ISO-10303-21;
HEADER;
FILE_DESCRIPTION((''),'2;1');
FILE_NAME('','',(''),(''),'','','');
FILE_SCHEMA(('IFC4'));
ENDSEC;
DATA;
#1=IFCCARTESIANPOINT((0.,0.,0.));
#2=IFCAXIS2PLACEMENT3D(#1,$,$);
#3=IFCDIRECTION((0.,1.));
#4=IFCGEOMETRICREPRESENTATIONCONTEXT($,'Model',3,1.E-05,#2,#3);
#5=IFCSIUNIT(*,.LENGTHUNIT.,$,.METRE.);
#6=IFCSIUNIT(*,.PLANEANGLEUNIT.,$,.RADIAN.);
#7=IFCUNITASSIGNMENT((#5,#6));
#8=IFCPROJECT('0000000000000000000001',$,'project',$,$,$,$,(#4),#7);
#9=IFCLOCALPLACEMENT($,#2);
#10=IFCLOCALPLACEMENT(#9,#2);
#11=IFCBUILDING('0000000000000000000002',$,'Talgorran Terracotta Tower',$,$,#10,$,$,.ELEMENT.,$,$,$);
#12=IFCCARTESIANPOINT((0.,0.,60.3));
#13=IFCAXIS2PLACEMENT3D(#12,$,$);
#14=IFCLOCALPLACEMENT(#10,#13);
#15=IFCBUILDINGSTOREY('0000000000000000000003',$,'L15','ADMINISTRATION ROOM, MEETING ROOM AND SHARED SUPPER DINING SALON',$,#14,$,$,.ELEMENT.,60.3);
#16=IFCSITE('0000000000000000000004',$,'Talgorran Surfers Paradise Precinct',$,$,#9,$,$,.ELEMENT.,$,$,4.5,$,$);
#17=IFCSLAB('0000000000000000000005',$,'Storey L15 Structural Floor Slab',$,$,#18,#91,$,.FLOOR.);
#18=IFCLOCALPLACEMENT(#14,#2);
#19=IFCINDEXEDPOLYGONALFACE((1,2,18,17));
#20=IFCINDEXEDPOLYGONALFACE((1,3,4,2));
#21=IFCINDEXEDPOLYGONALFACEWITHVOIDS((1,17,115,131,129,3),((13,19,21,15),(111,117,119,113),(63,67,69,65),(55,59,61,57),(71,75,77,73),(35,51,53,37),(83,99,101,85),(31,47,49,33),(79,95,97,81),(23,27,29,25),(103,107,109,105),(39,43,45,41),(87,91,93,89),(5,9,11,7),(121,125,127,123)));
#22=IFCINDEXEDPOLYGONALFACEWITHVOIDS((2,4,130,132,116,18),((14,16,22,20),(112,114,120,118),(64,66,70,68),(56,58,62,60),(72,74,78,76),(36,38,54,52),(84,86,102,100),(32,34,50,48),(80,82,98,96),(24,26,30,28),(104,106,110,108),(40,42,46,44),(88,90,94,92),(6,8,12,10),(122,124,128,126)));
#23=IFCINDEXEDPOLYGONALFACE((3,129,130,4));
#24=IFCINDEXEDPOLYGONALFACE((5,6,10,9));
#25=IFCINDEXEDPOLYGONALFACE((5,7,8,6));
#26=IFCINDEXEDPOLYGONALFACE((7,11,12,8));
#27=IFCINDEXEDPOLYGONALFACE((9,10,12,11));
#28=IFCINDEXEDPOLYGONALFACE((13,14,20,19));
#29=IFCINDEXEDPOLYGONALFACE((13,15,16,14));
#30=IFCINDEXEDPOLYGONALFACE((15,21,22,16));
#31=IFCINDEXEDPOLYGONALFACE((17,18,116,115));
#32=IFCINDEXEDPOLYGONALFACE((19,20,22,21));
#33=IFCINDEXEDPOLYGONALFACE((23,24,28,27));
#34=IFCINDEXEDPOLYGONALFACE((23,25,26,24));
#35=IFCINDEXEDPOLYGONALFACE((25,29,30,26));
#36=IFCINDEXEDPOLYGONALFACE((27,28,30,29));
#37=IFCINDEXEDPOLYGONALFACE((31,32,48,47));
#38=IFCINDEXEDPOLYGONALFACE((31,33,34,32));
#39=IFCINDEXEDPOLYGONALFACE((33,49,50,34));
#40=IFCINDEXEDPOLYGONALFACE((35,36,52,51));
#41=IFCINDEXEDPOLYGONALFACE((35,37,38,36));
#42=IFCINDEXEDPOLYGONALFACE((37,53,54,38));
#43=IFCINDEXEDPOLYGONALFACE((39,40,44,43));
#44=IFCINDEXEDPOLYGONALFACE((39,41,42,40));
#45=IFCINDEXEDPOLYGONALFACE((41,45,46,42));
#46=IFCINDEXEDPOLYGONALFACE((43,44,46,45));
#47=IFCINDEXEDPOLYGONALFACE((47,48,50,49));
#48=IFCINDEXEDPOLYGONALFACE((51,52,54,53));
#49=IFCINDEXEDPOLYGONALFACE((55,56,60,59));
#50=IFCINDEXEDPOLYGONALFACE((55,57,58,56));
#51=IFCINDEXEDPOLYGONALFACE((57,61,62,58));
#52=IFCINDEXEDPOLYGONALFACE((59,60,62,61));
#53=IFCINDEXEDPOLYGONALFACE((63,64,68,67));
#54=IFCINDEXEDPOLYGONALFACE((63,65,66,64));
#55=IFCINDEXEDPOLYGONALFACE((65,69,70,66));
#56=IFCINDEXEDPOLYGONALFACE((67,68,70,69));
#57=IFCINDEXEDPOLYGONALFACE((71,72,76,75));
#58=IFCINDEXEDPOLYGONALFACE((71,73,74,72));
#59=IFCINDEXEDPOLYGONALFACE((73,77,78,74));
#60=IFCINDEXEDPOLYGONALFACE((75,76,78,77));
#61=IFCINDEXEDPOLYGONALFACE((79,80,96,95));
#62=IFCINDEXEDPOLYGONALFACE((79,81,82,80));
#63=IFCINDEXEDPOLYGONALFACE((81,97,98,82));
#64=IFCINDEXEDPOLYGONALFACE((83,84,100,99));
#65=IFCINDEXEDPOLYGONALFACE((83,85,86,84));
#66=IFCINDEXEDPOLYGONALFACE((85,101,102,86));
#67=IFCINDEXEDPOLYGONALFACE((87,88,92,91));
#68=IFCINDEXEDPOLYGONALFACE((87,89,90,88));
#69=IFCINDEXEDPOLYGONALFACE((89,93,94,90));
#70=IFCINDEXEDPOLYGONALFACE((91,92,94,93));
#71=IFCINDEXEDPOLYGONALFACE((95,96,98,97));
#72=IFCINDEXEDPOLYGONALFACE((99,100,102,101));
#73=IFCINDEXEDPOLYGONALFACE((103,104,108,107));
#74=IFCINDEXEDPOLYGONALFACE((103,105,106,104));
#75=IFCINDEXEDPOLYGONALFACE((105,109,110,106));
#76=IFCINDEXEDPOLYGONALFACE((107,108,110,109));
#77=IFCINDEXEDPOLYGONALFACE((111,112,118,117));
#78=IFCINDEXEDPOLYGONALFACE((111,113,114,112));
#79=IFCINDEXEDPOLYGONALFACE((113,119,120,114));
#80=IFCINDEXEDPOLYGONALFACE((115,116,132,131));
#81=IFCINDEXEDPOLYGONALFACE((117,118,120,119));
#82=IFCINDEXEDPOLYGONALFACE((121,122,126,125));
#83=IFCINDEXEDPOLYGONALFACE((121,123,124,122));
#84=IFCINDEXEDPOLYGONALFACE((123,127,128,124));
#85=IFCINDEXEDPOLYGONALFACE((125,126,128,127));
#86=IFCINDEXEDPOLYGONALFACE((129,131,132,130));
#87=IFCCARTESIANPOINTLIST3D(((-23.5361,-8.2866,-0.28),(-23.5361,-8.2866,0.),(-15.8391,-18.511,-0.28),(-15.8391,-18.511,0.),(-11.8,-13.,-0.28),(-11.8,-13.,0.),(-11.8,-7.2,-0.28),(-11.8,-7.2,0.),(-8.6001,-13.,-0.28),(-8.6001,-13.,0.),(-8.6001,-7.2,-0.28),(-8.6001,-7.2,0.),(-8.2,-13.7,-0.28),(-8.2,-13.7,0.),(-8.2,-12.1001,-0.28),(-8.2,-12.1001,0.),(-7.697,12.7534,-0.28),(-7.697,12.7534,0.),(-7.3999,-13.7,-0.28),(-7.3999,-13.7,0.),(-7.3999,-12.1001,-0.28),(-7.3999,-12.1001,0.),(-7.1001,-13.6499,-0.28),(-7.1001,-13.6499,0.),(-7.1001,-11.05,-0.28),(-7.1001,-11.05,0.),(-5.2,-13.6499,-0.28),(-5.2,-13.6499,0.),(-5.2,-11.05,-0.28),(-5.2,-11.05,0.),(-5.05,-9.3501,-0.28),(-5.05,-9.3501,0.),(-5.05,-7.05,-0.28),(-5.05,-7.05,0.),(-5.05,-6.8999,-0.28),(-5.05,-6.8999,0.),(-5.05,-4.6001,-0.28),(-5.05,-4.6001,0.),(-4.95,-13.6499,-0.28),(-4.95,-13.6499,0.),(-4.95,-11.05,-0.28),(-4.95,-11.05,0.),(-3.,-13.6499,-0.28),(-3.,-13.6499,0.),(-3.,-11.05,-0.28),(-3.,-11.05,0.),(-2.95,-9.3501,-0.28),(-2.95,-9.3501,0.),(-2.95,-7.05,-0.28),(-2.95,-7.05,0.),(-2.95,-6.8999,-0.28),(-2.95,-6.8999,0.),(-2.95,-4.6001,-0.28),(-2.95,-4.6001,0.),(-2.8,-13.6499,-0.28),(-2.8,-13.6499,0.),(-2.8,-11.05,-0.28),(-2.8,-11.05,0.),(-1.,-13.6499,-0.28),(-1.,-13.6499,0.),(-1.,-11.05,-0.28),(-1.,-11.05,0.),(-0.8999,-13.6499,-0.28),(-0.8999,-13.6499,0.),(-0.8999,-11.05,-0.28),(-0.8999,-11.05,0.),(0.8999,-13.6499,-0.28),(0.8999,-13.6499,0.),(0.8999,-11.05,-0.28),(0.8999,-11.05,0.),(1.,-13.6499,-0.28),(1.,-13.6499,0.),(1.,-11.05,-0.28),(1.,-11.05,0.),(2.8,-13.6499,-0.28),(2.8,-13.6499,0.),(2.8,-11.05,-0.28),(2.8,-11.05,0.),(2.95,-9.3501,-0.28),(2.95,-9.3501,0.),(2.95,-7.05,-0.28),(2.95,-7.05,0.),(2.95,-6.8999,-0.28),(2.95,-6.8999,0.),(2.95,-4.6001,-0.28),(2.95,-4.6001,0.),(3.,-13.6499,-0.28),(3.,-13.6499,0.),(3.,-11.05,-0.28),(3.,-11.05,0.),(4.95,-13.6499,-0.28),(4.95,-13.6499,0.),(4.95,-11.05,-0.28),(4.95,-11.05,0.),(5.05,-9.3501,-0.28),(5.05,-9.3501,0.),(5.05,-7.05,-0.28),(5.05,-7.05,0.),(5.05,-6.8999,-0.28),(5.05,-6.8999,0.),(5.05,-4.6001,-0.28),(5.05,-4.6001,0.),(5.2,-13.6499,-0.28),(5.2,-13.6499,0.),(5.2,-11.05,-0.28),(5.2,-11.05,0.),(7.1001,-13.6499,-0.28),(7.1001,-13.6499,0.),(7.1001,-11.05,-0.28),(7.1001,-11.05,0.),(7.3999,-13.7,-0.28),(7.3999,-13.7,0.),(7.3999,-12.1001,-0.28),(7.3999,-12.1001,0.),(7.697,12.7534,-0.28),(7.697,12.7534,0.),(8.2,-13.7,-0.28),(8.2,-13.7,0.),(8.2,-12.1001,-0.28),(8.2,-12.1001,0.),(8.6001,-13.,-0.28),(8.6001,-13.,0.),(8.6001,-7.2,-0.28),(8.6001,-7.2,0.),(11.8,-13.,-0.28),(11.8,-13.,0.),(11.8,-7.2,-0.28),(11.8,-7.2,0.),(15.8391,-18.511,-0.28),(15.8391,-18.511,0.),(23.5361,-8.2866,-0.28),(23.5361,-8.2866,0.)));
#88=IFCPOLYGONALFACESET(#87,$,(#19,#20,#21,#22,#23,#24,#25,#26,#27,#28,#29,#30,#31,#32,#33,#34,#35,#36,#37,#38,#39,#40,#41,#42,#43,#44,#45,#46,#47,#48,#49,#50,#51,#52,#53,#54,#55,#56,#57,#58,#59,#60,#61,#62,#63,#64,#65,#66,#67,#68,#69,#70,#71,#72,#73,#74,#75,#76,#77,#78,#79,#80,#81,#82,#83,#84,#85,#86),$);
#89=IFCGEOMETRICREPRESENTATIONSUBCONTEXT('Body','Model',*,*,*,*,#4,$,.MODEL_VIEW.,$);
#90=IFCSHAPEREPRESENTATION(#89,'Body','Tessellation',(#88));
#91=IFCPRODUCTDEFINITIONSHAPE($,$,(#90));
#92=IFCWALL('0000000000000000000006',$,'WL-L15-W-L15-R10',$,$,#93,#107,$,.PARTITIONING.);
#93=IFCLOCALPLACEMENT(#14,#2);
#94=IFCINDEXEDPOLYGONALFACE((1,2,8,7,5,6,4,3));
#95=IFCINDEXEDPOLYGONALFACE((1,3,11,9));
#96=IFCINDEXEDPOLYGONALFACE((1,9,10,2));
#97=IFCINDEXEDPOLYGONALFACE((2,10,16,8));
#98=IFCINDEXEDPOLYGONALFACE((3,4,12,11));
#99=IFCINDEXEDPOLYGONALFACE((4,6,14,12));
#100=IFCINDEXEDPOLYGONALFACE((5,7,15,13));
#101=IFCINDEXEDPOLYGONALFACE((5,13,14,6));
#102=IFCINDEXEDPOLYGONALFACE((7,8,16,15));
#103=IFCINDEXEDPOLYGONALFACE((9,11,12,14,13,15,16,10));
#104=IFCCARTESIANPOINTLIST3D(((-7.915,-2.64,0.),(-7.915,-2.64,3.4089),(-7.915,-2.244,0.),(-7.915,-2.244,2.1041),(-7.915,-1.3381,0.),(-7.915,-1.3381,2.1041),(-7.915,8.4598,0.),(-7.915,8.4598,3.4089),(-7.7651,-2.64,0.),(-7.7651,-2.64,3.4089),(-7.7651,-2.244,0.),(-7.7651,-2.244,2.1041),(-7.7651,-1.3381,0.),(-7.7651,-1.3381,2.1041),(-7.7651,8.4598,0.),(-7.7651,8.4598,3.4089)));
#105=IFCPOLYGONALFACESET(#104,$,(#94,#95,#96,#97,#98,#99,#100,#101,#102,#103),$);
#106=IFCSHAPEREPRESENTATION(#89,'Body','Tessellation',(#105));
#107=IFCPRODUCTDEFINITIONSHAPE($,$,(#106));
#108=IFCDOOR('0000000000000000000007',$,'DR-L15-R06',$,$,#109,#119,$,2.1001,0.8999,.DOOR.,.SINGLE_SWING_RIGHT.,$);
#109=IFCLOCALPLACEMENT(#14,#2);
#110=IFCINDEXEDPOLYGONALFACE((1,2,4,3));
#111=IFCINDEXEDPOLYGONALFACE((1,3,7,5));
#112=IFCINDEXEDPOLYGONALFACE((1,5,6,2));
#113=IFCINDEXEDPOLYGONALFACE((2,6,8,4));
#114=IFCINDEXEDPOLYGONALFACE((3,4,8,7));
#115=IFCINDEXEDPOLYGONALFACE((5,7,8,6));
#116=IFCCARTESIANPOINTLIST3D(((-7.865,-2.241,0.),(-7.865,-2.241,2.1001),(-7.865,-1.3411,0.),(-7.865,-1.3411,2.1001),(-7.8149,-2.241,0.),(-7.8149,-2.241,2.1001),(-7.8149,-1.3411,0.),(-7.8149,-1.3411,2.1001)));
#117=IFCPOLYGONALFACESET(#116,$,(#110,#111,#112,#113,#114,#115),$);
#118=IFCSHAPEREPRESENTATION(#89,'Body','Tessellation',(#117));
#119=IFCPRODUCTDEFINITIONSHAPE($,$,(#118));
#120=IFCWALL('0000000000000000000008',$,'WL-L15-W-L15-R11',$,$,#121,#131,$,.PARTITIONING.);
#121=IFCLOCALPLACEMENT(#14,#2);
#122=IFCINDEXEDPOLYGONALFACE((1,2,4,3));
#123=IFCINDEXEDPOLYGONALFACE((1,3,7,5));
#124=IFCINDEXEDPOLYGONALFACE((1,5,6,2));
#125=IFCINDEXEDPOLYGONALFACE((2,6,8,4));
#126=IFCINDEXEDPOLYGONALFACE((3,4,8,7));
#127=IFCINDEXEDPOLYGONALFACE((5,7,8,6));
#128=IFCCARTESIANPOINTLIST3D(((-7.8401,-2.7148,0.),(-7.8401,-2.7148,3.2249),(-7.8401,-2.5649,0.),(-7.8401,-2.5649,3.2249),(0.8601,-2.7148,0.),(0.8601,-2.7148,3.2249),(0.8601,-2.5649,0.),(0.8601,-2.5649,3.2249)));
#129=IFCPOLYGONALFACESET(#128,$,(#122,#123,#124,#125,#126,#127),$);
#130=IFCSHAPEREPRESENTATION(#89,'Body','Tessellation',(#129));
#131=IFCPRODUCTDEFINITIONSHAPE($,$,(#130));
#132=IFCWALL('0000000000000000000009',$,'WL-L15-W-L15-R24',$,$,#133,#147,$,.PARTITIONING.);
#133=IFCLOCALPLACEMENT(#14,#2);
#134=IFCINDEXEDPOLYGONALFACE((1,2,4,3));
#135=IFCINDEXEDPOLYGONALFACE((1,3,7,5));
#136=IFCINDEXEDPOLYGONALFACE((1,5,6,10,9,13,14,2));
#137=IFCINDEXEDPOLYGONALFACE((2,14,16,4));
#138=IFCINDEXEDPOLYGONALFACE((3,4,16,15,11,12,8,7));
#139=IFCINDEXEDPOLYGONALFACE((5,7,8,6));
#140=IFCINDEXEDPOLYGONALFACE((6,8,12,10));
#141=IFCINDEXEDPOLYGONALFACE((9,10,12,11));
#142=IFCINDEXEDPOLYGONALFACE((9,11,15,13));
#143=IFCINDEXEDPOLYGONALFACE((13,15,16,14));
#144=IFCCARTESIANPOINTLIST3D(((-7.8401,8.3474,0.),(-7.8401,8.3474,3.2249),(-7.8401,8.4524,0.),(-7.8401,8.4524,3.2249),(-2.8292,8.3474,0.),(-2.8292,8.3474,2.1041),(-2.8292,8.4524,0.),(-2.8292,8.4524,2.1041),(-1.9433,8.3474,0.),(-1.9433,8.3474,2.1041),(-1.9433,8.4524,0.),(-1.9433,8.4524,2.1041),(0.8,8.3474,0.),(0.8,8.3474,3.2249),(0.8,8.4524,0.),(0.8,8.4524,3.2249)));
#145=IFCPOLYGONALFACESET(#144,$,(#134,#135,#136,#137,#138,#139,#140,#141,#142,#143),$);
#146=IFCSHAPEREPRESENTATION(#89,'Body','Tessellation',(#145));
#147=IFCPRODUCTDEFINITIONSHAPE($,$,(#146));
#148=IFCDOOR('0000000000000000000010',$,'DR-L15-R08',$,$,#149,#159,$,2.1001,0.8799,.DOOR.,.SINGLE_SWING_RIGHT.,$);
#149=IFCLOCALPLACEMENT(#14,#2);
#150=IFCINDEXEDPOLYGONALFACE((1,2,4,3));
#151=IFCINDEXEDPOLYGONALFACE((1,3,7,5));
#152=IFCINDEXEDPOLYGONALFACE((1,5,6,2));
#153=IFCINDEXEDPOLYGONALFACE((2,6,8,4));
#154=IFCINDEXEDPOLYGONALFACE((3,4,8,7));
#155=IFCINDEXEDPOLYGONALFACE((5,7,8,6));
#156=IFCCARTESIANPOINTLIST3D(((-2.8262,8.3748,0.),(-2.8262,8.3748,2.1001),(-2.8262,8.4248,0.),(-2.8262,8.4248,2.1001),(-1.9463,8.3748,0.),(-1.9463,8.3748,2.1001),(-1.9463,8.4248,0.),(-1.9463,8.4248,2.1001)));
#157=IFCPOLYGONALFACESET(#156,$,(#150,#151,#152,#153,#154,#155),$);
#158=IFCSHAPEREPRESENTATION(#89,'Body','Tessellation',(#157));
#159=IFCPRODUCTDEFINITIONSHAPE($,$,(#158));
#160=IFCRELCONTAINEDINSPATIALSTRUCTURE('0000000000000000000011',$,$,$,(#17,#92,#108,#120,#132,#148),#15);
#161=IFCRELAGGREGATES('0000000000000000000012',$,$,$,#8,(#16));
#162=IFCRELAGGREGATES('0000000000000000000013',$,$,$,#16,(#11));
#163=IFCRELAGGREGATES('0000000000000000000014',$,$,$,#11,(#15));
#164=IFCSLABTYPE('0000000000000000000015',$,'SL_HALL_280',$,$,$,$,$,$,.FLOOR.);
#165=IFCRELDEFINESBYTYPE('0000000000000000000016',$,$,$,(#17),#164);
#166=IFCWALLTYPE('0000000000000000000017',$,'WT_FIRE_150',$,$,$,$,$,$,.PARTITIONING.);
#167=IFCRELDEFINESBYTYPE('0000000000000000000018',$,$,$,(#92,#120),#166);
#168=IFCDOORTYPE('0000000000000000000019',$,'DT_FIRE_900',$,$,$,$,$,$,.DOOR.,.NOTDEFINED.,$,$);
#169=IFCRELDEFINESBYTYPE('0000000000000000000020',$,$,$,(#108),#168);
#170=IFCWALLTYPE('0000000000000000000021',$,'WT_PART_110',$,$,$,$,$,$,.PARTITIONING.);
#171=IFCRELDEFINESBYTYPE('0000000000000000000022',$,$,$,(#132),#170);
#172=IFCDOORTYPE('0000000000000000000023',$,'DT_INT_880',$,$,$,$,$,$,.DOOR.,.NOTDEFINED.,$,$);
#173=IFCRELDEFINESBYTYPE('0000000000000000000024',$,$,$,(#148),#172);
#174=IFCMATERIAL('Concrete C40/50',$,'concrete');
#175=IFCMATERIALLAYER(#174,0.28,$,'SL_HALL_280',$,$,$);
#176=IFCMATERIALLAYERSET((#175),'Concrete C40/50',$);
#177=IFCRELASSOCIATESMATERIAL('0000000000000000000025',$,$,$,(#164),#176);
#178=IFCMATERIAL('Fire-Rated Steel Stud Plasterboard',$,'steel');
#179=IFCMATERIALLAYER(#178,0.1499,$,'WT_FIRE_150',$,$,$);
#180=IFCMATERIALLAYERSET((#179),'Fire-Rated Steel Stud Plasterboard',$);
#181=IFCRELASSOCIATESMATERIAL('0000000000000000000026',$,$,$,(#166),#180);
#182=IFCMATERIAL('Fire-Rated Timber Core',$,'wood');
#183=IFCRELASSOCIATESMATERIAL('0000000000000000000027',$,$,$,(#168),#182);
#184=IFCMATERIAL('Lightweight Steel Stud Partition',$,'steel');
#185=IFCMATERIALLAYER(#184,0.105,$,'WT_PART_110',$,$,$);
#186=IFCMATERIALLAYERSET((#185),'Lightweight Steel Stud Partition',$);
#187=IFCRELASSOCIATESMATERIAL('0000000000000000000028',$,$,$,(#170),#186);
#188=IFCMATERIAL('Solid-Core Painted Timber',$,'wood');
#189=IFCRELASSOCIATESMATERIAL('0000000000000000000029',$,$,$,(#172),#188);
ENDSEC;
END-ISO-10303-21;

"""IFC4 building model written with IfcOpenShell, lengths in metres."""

from ifc_helpers import new_model, si_unit, direction, frame, frame_2d, origin, place, context, subcontext, project, spatial, polyline, rectangle, outline, extrude, material, layer, layer_set, type_object, element, fill, save


model = new_model("IFC4")

# Units and contexts
model_context = context("Model", 3, precision=1e-05, world=origin(), true_north=direction((0.0, 1.0)))
body_context = subcontext(model_context, "Body", "Model", "MODEL_VIEW")
ifc_project = project(units=[si_unit("LENGTHUNIT", "METRE"), si_unit("PLANEANGLEUNIT", "RADIAN")], contexts=[model_context])

# Site, building, storey
site_placement = place(None, origin())
site = spatial("IfcSite", under=ifc_project, at=site_placement, Name="Talgorran Surfers Paradise Precinct", CompositionType="ELEMENT", RefElevation=4.5)
building_placement = place(site_placement, origin())
building = spatial("IfcBuilding", under=site, at=building_placement, Name="Talgorran Terracotta Tower", CompositionType="ELEMENT")
storey_placement = place(building_placement, frame((0.0, 0.0, 60.3)))
storey = spatial("IfcBuildingStorey", under=building, at=storey_placement, Name="L15", Description="ADMINISTRATION ROOM, MEETING ROOM AND SHARED SUPPER DINING SALON", CompositionType="ELEMENT", Elevation=60.3)

# Slab
ifc_material_1 = material(Name="Concrete C40/50", Category="concrete")
ifc_layer_1 = layer(ifc_material_1, 0.28, Name="SL_HALL_280")
ifc_layer_set_1 = layer_set([ifc_layer_1], Name="Concrete C40/50")
slab_type_1 = type_object("IfcSlabType", Name="SL_HALL_280", PredefinedType="FLOOR", material=ifc_layer_set_1)
slab_1_placement = place(storey_placement, frame((0.0, 0.0, -0.28)))
element("IfcSlab", 1, at=slab_1_placement, inside=storey, type_object=slab_type_1, Name="Storey L15 Structural Floor Slab", PredefinedType="FLOOR", context=body_context, shape_type="SweptSolid", body=[
    extrude(outline(polyline([(-23.5361, -8.2866), (-15.8391, -18.511), (15.8391, -18.511), (23.5361, -8.2866), (7.697, 12.7534), (-7.697, 12.7534), (-23.5361, -8.2866)]), holes=[polyline([(-11.8, -7.2), (-11.8, -13.0), (-8.6001, -13.0), (-8.6001, -7.2), (-11.8, -7.2)]), polyline([(8.6001, -7.2), (8.6001, -13.0), (11.8, -13.0), (11.8, -7.2), (8.6001, -7.2)]), polyline([(-7.1001, -13.6499), (-5.2, -13.6499), (-5.2, -11.05), (-7.1001, -11.05), (-7.1001, -13.6499)]), polyline([(5.2, -13.6499), (7.1001, -13.6499), (7.1001, -11.05), (5.2, -11.05), (5.2, -13.6499)]), polyline([(3.0, -13.6499), (4.95, -13.6499), (4.95, -11.05), (3.0, -11.05), (3.0, -13.6499)]), polyline([(-4.95, -13.6499), (-3.0, -13.6499), (-3.0, -11.05), (-4.95, -11.05), (-4.95, -13.6499)]), polyline([(-5.05, -9.3501), (-2.95, -9.3501), (-2.95, -7.05), (-5.05, -7.05), (-5.05, -9.3501)]), polyline([(-5.05, -6.8999), (-2.95, -6.8999), (-2.95, -4.6001), (-5.05, -4.6001), (-5.05, -6.8999)]), polyline([(2.95, -9.3501), (5.05, -9.3501), (5.05, -7.05), (2.95, -7.05), (2.95, -9.3501)]), polyline([(2.95, -6.8999), (5.05, -6.8999), (5.05, -4.6001), (2.95, -4.6001), (2.95, -6.8999)]), polyline([(-2.8, -13.6499), (-1.0, -13.6499), (-1.0, -11.05), (-2.8, -11.05), (-2.8, -13.6499)]), polyline([(-0.8999, -13.6499), (0.8999, -13.6499), (0.8999, -11.05), (-0.8999, -11.05), (-0.8999, -13.6499)]), polyline([(1.0, -13.6499), (2.8, -13.6499), (2.8, -11.05), (1.0, -11.05), (1.0, -13.6499)]), polyline([(-8.2, -13.7), (-7.3999, -13.7), (-7.3999, -12.1001), (-8.2, -12.1001), (-8.2, -13.7)]), polyline([(7.3999, -13.7), (8.2, -13.7), (8.2, -12.1001), (7.3999, -12.1001), (7.3999, -13.7)])]), origin(), (0.0, 0.0, 1.0), 0.28),
])

# Wall, opening, door
ifc_material_2 = material(Name="Fire-Rated Steel Stud Plasterboard", Category="steel")
ifc_layer_2 = layer(ifc_material_2, 0.1499, Name="WT_FIRE_150")
ifc_layer_set_2 = layer_set([ifc_layer_2], Name="Fire-Rated Steel Stud Plasterboard")
wall_type_1 = type_object("IfcWallType", Name="WT_FIRE_150", PredefinedType="PARTITIONING", material=ifc_layer_set_2)
wall_1_placement = place(storey_placement, frame((-7.8401, -2.6399, 0.0), z_axis=(0.0, 0.0, 1.0), x_axis=(0.0, 1.0, 0.0)))
wall_1 = element("IfcWall", 2, at=wall_1_placement, inside=storey, type_object=wall_type_1, Name="WL-L15-W-L15-R10", PredefinedType="PARTITIONING", context=body_context, shape_type="SweptSolid", body=[
    extrude(rectangle(XDim=11.0999, YDim=0.1499, at=frame_2d((5.5498, 0.0))), origin(), (0.0, 0.0, 1.0), 3.4089),
])
opening_1_placement = place(wall_1_placement, frame((0.3989, 0.0, 0.0)))
opening_1 = element("IfcOpeningElement", 3, at=opening_1_placement, cuts=wall_1, PredefinedType="OPENING", context=body_context, shape_type="SweptSolid", body=[
    extrude(rectangle(XDim=0.9059, YDim=2.1041, at=frame_2d((0.45, 1.052))), frame((0.0, 0.085, 0.0), z_axis=(0.0, -1.0, 0.0), x_axis=(1.0, 0.0, 0.0)), (0.0, 0.0, 1.0), 0.1699),
])
ifc_material_3 = material(Name="Fire-Rated Timber Core", Category="wood")
door_type_1 = type_object("IfcDoorType", Name="DT_FIRE_900", OperationType="NOTDEFINED", PredefinedType="DOOR", material=ifc_material_3)
door_1_placement = place(opening_1_placement, origin())
door_1 = element("IfcDoor", 4, at=door_1_placement, inside=storey, type_object=door_type_1, Name="DR-L15-R06", OperationType="SINGLE_SWING_RIGHT", OverallHeight=2.1001, OverallWidth=0.8999, PredefinedType="DOOR", context=body_context, shape_type="SweptSolid", body=[
    extrude(rectangle(XDim=0.8999, YDim=2.1001, at=frame_2d((0.45, 1.05))), frame((0.0, 0.0249, 0.0), z_axis=(0.0, -1.0, 0.0), x_axis=(1.0, 0.0, 0.0)), (0.0, 0.0, 1.0), 0.05),
])
fill(opening_1, door_1)

# Wall
wall_2_placement = place(storey_placement, frame((-7.8401, -2.6399, 0.0), z_axis=(0.0, 0.0, 1.0), x_axis=(1.0, 0.0, 0.0)))
element("IfcWall", 5, at=wall_2_placement, inside=storey, type_object=wall_type_1, Name="WL-L15-W-L15-R11", PredefinedType="PARTITIONING", context=body_context, shape_type="SweptSolid", body=[
    extrude(rectangle(XDim=8.7002, YDim=0.1499, at=frame_2d((4.3501, 0.0))), origin(), (0.0, 0.0, 1.0), 3.2249),
])

# Wall, opening, door
ifc_material_4 = material(Name="Lightweight Steel Stud Partition", Category="steel")
ifc_layer_3 = layer(ifc_material_4, 0.105, Name="WT_PART_110")
ifc_layer_set_3 = layer_set([ifc_layer_3], Name="Lightweight Steel Stud Partition")
wall_type_2 = type_object("IfcWallType", Name="WT_PART_110", PredefinedType="PARTITIONING", material=ifc_layer_set_3)
wall_3_placement = place(storey_placement, frame((-7.8401, 8.3999, 0.0), z_axis=(0.0, 0.0, 1.0), x_axis=(1.0, 0.0, 0.0)))
wall_3 = element("IfcWall", 6, at=wall_3_placement, inside=storey, type_object=wall_type_2, Name="WL-L15-W-L15-R24", PredefinedType="PARTITIONING", context=body_context, shape_type="SweptSolid", body=[
    extrude(rectangle(XDim=8.6401, YDim=0.105, at=frame_2d((4.3201, 0.0))), origin(), (0.0, 0.0, 1.0), 3.2249),
])
opening_2_placement = place(wall_3_placement, frame((5.0139, 0.0, 0.0)))
opening_2 = element("IfcOpeningElement", 7, at=opening_2_placement, cuts=wall_3, PredefinedType="OPENING", context=body_context, shape_type="SweptSolid", body=[
    extrude(rectangle(XDim=0.8859, YDim=2.1041, at=frame_2d((0.4399, 1.052))), frame((0.0, 0.0625, 0.0), z_axis=(0.0, -1.0, 0.0), x_axis=(1.0, 0.0, 0.0)), (0.0, 0.0, 1.0), 0.125),
])
ifc_material_5 = material(Name="Solid-Core Painted Timber", Category="wood")
door_type_2 = type_object("IfcDoorType", Name="DT_INT_880", OperationType="NOTDEFINED", PredefinedType="DOOR", material=ifc_material_5)
door_2_placement = place(opening_2_placement, origin())
door_2 = element("IfcDoor", 8, at=door_2_placement, inside=storey, type_object=door_type_2, Name="DR-L15-R08", OperationType="SINGLE_SWING_RIGHT", OverallHeight=2.1001, OverallWidth=0.8799, PredefinedType="DOOR", context=body_context, shape_type="SweptSolid", body=[
    extrude(rectangle(XDim=0.8799, YDim=2.1001, at=frame_2d((0.4399, 1.05))), frame((0.0, 0.0249, 0.0), z_axis=(0.0, -1.0, 0.0), x_axis=(1.0, 0.0, 0.0)), (0.0, 0.0, 1.0), 0.05),
])
fill(opening_2, door_2)

save(model, "model.ifc")
